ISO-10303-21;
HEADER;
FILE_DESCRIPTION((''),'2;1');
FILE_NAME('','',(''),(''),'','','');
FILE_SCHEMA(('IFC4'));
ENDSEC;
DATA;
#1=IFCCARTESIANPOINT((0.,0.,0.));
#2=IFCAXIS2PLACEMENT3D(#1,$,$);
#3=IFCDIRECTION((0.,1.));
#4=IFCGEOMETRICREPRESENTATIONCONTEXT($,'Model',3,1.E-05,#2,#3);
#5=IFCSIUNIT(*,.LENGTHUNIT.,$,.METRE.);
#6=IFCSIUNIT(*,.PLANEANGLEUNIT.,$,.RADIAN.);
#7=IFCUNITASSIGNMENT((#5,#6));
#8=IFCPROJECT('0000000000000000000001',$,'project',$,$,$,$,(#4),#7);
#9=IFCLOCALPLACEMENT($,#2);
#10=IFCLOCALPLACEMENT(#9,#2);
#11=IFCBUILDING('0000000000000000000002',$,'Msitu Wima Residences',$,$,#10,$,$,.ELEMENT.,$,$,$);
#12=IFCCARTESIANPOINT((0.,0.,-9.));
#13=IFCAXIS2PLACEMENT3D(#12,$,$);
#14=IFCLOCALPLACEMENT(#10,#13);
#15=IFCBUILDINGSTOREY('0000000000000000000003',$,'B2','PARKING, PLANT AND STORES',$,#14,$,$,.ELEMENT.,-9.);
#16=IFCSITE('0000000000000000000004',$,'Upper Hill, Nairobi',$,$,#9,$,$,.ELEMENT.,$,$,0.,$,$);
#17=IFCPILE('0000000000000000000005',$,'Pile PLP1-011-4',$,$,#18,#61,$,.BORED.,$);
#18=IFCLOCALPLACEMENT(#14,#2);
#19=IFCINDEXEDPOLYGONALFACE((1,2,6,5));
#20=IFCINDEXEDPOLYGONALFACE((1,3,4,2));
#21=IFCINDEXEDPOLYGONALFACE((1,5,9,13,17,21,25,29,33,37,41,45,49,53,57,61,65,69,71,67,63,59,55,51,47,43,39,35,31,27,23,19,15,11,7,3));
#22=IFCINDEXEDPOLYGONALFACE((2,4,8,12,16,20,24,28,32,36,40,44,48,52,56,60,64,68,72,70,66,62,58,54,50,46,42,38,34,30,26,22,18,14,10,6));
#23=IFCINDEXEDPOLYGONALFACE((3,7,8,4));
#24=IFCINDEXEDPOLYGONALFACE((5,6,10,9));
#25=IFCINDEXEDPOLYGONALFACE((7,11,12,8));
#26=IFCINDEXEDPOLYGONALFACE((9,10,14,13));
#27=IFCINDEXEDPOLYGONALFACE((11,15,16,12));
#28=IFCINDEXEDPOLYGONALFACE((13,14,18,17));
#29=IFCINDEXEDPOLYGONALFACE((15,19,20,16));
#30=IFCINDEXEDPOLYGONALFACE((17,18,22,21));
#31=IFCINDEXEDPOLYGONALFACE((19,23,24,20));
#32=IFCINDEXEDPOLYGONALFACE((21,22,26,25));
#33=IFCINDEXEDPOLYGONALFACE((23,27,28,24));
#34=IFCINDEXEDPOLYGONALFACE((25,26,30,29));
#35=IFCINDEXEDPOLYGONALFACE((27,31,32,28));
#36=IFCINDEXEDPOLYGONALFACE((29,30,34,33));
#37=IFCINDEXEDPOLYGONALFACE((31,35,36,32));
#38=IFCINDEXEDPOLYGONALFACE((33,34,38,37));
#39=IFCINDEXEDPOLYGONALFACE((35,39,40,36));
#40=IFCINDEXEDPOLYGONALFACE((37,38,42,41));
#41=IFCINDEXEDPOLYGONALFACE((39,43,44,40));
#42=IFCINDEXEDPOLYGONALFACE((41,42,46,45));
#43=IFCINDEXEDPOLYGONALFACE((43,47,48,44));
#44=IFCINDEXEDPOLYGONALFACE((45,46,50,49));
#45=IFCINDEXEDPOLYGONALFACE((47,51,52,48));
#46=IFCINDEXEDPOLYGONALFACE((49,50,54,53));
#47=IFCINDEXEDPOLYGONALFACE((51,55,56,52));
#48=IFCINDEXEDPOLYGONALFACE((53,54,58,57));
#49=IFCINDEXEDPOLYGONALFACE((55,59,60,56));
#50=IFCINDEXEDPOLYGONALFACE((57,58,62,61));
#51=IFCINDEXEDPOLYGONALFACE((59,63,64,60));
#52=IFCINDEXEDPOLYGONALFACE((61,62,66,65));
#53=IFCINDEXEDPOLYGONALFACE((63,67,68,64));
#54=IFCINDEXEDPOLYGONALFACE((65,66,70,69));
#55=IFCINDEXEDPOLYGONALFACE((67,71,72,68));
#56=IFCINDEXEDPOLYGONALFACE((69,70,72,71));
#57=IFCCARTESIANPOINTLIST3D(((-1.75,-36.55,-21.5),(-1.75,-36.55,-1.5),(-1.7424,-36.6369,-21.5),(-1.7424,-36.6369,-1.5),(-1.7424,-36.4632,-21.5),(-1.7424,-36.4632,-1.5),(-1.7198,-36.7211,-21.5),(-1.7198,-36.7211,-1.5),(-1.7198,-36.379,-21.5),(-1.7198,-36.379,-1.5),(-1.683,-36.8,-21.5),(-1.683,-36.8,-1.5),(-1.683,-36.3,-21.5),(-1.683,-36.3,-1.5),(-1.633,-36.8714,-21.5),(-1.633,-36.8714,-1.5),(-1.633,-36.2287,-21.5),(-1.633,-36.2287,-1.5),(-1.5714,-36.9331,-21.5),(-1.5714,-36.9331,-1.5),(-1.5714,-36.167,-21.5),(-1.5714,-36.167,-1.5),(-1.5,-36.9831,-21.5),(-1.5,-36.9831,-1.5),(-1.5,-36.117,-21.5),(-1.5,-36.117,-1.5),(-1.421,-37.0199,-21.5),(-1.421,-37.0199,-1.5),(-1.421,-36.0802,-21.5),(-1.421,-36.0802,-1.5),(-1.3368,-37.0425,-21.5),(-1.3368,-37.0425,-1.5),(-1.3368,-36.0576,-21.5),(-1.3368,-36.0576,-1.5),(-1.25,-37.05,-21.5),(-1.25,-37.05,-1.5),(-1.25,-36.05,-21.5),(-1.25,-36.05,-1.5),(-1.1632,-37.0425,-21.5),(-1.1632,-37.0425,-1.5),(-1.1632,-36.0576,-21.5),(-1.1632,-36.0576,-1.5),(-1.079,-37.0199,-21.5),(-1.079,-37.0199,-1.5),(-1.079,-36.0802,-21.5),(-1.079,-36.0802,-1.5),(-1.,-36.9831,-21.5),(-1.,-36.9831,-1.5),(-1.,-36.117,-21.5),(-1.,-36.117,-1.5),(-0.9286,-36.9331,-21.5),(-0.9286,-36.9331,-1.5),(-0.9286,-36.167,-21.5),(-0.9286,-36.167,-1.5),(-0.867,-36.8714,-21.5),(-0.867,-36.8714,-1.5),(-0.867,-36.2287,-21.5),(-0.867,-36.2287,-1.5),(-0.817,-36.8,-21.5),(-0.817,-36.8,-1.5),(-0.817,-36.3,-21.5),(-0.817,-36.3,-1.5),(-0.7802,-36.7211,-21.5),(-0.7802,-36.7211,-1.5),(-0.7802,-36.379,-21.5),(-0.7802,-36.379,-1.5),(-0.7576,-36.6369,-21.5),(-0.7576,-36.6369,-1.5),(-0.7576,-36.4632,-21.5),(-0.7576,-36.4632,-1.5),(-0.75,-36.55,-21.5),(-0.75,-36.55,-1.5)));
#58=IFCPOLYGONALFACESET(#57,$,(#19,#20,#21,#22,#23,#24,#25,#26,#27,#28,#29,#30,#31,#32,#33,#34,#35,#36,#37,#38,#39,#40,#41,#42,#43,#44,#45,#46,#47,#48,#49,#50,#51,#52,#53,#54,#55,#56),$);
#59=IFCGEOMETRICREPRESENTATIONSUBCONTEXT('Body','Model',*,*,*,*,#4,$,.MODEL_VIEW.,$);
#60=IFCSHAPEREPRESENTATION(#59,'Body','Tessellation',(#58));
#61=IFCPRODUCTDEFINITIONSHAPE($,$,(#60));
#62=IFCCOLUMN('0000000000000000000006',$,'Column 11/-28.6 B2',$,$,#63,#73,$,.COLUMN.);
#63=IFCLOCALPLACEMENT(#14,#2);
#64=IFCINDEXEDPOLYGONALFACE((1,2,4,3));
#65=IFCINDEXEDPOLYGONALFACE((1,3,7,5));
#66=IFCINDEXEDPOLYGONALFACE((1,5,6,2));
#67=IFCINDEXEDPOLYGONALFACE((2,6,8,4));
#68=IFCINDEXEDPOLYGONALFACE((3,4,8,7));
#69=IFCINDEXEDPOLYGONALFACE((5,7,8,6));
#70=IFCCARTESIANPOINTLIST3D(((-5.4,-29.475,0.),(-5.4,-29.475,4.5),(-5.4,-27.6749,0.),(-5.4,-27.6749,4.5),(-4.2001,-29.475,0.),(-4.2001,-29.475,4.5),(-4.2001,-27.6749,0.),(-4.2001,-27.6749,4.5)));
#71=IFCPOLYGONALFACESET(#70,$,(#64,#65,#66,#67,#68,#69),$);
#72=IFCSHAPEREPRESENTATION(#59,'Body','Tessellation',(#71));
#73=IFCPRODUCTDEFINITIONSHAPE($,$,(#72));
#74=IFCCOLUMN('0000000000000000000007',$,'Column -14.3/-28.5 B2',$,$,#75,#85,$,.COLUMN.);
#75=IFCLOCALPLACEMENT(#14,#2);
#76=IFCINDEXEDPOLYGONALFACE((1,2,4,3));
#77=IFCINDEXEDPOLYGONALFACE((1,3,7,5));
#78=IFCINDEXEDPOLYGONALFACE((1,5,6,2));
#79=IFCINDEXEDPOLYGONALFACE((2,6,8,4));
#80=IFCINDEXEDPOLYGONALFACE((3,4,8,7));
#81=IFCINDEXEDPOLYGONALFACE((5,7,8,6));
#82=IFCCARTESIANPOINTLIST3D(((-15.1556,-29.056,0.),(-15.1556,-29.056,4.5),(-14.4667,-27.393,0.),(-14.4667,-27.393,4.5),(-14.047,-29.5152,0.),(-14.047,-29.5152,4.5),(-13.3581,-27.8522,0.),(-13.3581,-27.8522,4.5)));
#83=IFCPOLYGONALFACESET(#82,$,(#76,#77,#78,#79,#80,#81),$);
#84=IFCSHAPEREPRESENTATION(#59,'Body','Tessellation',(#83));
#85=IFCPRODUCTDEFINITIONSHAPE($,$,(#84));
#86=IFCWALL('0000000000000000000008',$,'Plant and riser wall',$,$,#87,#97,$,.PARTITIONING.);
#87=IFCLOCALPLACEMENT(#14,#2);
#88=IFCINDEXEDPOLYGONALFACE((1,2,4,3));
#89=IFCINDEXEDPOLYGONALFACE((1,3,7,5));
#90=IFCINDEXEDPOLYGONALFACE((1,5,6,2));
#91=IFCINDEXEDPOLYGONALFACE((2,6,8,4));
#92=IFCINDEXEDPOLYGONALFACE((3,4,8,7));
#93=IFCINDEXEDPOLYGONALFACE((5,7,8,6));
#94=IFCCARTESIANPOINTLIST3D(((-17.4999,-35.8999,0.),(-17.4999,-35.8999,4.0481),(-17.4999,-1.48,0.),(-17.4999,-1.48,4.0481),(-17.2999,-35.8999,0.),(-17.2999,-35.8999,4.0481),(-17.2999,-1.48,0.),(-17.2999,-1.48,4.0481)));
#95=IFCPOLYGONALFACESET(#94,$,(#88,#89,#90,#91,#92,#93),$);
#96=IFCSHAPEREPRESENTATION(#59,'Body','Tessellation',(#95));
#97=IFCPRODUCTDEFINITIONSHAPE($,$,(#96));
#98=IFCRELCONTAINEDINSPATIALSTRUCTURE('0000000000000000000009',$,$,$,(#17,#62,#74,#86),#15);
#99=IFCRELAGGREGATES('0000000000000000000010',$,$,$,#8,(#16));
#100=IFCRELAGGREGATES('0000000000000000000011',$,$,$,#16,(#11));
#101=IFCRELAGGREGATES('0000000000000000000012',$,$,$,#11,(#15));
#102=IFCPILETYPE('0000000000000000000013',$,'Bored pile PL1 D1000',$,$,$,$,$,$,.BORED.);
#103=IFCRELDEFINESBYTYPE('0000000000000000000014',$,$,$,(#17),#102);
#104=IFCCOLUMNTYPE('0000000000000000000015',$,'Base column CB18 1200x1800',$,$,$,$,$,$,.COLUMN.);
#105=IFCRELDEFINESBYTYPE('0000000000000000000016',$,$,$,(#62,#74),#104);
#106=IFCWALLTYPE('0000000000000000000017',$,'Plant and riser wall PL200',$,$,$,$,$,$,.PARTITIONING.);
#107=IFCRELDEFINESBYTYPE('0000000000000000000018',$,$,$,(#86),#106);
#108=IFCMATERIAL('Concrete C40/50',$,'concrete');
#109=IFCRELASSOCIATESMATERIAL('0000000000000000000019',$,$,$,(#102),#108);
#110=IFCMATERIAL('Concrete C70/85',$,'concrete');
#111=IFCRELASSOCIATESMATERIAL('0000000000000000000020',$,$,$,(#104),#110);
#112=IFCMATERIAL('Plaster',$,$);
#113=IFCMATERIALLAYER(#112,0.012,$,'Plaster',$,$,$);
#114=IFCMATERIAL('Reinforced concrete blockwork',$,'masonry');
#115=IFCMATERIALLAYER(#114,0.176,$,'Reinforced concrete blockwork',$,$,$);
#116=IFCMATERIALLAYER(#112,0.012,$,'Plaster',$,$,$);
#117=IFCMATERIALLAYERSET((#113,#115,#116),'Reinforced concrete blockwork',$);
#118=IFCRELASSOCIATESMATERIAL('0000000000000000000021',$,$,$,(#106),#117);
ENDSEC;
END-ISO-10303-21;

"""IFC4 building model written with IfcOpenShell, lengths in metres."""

from ifc_helpers import new_model, si_unit, direction, frame, frame_2d, origin, origin_2d, place, context, subcontext, project, spatial, rectangle, circle, extrude, material, layer, layer_set, material_profile, profile_set, type_object, element, save


model = new_model("IFC4")

# Units and contexts
model_context = context("Model", 3, precision=1e-05, world=origin(), true_north=direction((0.0, 1.0)))
body_context = subcontext(model_context, "Body", "Model", "MODEL_VIEW")
ifc_project = project(units=[si_unit("LENGTHUNIT", "METRE"), si_unit("PLANEANGLEUNIT", "RADIAN")], contexts=[model_context])

# Site, building, storey
site_placement = place(None, origin())
site = spatial("IfcSite", under=ifc_project, at=site_placement, Name="Upper Hill, Nairobi", CompositionType="ELEMENT", RefElevation=0.0)
building_placement = place(site_placement, origin())
building = spatial("IfcBuilding", under=site, at=building_placement, Name="Msitu Wima Residences", CompositionType="ELEMENT")
storey_placement = place(building_placement, frame((0.0, 0.0, -9.0)))
storey = spatial("IfcBuildingStorey", under=building, at=storey_placement, Name="B2", Description="PARKING, PLANT AND STORES", CompositionType="ELEMENT", Elevation=-9.0)

# Pile
ifc_material_1 = material(Name="Concrete C40/50", Category="concrete")
pile_type_1 = type_object("IfcPileType", Name="Bored pile PL1 D1000", PredefinedType="BORED", material=ifc_material_1)
for number, where, z_axis, x_axis, name in (
    (1, (-1.25, -36.55, -1.5), (0.0, 0.0, -1.0), (1.0, 0.0, 0.0), "Pile PLP1-011-4"),
):
    element("IfcPile", number, at=place(storey_placement, frame(where, z_axis=z_axis, x_axis=x_axis)), inside=storey, type_object=pile_type_1, Name=name, PredefinedType="BORED", context=body_context, shape_type="SweptSolid", body=[
        extrude(circle(Radius=0.5, at=origin_2d()), origin(), (0.0, 0.0, 1.0), 20.0),
    ])

# Columns
ifc_material_2 = material(Name="Concrete C70/85", Category="concrete")
ifc_material_profile = material_profile(ifc_material_2, rectangle(XDim=1.2, YDim=1.8, at=origin_2d()), Name="RC 1200x1800")
ifc_profile_set = profile_set([ifc_material_profile], Name="Concrete C70/85")
column_type = type_object("IfcColumnType", Name="Base column CB18 1200x1800", PredefinedType="COLUMN", material=ifc_profile_set)
for number, where, z_axis, x_axis, name in (
    (2, (-4.8, -28.575, 0.0), (0.0, 0.0, 1.0), (1.0, 0.0, 0.0), "Column 11/-28.6 B2"),
    (3, (-14.2568, -28.4541, 0.0), (0.0, 0.0, 1.0), (0.92388, -0.382683, 0.0), "Column -14.3/-28.5 B2"),
):
    element("IfcColumn", number, at=place(storey_placement, frame(where, z_axis=z_axis, x_axis=x_axis)), inside=storey, type_object=column_type, Name=name, PredefinedType="COLUMN", context=body_context, shape_type="SweptSolid", body=[
        extrude(rectangle(XDim=1.2, YDim=1.8, at=origin_2d()), origin(), (0.0, 0.0, 1.0), 4.5),
    ])

# Wall
ifc_material_3 = material(Name="Plaster")
ifc_layer_1 = layer(ifc_material_3, 0.012, Name="Plaster")
ifc_material_4 = material(Name="Reinforced concrete blockwork", Category="masonry")
ifc_layer_2 = layer(ifc_material_4, 0.176, Name="Reinforced concrete blockwork")
ifc_layer_3 = layer(ifc_material_3, 0.012, Name="Plaster")
ifc_layer_set = layer_set([ifc_layer_1, ifc_layer_2, ifc_layer_3], Name="Reinforced concrete blockwork")
wall_type = type_object("IfcWallType", Name="Plant and riser wall PL200", PredefinedType="PARTITIONING", material=ifc_layer_set)
wall_placement = place(storey_placement, frame((-17.3999, -35.8999, 0.0), z_axis=(0.0, 0.0, 1.0), x_axis=(0.0, 1.0, 0.0)))
element("IfcWall", 4, at=wall_placement, inside=storey, type_object=wall_type, Name="Plant and riser wall", PredefinedType="PARTITIONING", context=body_context, shape_type="SweptSolid", body=[
    extrude(rectangle(XDim=34.4199, YDim=0.2, at=frame_2d((17.21, 0.0))), origin(), (0.0, 0.0, 1.0), 4.0481),
])

save(model, "model.ifc")
